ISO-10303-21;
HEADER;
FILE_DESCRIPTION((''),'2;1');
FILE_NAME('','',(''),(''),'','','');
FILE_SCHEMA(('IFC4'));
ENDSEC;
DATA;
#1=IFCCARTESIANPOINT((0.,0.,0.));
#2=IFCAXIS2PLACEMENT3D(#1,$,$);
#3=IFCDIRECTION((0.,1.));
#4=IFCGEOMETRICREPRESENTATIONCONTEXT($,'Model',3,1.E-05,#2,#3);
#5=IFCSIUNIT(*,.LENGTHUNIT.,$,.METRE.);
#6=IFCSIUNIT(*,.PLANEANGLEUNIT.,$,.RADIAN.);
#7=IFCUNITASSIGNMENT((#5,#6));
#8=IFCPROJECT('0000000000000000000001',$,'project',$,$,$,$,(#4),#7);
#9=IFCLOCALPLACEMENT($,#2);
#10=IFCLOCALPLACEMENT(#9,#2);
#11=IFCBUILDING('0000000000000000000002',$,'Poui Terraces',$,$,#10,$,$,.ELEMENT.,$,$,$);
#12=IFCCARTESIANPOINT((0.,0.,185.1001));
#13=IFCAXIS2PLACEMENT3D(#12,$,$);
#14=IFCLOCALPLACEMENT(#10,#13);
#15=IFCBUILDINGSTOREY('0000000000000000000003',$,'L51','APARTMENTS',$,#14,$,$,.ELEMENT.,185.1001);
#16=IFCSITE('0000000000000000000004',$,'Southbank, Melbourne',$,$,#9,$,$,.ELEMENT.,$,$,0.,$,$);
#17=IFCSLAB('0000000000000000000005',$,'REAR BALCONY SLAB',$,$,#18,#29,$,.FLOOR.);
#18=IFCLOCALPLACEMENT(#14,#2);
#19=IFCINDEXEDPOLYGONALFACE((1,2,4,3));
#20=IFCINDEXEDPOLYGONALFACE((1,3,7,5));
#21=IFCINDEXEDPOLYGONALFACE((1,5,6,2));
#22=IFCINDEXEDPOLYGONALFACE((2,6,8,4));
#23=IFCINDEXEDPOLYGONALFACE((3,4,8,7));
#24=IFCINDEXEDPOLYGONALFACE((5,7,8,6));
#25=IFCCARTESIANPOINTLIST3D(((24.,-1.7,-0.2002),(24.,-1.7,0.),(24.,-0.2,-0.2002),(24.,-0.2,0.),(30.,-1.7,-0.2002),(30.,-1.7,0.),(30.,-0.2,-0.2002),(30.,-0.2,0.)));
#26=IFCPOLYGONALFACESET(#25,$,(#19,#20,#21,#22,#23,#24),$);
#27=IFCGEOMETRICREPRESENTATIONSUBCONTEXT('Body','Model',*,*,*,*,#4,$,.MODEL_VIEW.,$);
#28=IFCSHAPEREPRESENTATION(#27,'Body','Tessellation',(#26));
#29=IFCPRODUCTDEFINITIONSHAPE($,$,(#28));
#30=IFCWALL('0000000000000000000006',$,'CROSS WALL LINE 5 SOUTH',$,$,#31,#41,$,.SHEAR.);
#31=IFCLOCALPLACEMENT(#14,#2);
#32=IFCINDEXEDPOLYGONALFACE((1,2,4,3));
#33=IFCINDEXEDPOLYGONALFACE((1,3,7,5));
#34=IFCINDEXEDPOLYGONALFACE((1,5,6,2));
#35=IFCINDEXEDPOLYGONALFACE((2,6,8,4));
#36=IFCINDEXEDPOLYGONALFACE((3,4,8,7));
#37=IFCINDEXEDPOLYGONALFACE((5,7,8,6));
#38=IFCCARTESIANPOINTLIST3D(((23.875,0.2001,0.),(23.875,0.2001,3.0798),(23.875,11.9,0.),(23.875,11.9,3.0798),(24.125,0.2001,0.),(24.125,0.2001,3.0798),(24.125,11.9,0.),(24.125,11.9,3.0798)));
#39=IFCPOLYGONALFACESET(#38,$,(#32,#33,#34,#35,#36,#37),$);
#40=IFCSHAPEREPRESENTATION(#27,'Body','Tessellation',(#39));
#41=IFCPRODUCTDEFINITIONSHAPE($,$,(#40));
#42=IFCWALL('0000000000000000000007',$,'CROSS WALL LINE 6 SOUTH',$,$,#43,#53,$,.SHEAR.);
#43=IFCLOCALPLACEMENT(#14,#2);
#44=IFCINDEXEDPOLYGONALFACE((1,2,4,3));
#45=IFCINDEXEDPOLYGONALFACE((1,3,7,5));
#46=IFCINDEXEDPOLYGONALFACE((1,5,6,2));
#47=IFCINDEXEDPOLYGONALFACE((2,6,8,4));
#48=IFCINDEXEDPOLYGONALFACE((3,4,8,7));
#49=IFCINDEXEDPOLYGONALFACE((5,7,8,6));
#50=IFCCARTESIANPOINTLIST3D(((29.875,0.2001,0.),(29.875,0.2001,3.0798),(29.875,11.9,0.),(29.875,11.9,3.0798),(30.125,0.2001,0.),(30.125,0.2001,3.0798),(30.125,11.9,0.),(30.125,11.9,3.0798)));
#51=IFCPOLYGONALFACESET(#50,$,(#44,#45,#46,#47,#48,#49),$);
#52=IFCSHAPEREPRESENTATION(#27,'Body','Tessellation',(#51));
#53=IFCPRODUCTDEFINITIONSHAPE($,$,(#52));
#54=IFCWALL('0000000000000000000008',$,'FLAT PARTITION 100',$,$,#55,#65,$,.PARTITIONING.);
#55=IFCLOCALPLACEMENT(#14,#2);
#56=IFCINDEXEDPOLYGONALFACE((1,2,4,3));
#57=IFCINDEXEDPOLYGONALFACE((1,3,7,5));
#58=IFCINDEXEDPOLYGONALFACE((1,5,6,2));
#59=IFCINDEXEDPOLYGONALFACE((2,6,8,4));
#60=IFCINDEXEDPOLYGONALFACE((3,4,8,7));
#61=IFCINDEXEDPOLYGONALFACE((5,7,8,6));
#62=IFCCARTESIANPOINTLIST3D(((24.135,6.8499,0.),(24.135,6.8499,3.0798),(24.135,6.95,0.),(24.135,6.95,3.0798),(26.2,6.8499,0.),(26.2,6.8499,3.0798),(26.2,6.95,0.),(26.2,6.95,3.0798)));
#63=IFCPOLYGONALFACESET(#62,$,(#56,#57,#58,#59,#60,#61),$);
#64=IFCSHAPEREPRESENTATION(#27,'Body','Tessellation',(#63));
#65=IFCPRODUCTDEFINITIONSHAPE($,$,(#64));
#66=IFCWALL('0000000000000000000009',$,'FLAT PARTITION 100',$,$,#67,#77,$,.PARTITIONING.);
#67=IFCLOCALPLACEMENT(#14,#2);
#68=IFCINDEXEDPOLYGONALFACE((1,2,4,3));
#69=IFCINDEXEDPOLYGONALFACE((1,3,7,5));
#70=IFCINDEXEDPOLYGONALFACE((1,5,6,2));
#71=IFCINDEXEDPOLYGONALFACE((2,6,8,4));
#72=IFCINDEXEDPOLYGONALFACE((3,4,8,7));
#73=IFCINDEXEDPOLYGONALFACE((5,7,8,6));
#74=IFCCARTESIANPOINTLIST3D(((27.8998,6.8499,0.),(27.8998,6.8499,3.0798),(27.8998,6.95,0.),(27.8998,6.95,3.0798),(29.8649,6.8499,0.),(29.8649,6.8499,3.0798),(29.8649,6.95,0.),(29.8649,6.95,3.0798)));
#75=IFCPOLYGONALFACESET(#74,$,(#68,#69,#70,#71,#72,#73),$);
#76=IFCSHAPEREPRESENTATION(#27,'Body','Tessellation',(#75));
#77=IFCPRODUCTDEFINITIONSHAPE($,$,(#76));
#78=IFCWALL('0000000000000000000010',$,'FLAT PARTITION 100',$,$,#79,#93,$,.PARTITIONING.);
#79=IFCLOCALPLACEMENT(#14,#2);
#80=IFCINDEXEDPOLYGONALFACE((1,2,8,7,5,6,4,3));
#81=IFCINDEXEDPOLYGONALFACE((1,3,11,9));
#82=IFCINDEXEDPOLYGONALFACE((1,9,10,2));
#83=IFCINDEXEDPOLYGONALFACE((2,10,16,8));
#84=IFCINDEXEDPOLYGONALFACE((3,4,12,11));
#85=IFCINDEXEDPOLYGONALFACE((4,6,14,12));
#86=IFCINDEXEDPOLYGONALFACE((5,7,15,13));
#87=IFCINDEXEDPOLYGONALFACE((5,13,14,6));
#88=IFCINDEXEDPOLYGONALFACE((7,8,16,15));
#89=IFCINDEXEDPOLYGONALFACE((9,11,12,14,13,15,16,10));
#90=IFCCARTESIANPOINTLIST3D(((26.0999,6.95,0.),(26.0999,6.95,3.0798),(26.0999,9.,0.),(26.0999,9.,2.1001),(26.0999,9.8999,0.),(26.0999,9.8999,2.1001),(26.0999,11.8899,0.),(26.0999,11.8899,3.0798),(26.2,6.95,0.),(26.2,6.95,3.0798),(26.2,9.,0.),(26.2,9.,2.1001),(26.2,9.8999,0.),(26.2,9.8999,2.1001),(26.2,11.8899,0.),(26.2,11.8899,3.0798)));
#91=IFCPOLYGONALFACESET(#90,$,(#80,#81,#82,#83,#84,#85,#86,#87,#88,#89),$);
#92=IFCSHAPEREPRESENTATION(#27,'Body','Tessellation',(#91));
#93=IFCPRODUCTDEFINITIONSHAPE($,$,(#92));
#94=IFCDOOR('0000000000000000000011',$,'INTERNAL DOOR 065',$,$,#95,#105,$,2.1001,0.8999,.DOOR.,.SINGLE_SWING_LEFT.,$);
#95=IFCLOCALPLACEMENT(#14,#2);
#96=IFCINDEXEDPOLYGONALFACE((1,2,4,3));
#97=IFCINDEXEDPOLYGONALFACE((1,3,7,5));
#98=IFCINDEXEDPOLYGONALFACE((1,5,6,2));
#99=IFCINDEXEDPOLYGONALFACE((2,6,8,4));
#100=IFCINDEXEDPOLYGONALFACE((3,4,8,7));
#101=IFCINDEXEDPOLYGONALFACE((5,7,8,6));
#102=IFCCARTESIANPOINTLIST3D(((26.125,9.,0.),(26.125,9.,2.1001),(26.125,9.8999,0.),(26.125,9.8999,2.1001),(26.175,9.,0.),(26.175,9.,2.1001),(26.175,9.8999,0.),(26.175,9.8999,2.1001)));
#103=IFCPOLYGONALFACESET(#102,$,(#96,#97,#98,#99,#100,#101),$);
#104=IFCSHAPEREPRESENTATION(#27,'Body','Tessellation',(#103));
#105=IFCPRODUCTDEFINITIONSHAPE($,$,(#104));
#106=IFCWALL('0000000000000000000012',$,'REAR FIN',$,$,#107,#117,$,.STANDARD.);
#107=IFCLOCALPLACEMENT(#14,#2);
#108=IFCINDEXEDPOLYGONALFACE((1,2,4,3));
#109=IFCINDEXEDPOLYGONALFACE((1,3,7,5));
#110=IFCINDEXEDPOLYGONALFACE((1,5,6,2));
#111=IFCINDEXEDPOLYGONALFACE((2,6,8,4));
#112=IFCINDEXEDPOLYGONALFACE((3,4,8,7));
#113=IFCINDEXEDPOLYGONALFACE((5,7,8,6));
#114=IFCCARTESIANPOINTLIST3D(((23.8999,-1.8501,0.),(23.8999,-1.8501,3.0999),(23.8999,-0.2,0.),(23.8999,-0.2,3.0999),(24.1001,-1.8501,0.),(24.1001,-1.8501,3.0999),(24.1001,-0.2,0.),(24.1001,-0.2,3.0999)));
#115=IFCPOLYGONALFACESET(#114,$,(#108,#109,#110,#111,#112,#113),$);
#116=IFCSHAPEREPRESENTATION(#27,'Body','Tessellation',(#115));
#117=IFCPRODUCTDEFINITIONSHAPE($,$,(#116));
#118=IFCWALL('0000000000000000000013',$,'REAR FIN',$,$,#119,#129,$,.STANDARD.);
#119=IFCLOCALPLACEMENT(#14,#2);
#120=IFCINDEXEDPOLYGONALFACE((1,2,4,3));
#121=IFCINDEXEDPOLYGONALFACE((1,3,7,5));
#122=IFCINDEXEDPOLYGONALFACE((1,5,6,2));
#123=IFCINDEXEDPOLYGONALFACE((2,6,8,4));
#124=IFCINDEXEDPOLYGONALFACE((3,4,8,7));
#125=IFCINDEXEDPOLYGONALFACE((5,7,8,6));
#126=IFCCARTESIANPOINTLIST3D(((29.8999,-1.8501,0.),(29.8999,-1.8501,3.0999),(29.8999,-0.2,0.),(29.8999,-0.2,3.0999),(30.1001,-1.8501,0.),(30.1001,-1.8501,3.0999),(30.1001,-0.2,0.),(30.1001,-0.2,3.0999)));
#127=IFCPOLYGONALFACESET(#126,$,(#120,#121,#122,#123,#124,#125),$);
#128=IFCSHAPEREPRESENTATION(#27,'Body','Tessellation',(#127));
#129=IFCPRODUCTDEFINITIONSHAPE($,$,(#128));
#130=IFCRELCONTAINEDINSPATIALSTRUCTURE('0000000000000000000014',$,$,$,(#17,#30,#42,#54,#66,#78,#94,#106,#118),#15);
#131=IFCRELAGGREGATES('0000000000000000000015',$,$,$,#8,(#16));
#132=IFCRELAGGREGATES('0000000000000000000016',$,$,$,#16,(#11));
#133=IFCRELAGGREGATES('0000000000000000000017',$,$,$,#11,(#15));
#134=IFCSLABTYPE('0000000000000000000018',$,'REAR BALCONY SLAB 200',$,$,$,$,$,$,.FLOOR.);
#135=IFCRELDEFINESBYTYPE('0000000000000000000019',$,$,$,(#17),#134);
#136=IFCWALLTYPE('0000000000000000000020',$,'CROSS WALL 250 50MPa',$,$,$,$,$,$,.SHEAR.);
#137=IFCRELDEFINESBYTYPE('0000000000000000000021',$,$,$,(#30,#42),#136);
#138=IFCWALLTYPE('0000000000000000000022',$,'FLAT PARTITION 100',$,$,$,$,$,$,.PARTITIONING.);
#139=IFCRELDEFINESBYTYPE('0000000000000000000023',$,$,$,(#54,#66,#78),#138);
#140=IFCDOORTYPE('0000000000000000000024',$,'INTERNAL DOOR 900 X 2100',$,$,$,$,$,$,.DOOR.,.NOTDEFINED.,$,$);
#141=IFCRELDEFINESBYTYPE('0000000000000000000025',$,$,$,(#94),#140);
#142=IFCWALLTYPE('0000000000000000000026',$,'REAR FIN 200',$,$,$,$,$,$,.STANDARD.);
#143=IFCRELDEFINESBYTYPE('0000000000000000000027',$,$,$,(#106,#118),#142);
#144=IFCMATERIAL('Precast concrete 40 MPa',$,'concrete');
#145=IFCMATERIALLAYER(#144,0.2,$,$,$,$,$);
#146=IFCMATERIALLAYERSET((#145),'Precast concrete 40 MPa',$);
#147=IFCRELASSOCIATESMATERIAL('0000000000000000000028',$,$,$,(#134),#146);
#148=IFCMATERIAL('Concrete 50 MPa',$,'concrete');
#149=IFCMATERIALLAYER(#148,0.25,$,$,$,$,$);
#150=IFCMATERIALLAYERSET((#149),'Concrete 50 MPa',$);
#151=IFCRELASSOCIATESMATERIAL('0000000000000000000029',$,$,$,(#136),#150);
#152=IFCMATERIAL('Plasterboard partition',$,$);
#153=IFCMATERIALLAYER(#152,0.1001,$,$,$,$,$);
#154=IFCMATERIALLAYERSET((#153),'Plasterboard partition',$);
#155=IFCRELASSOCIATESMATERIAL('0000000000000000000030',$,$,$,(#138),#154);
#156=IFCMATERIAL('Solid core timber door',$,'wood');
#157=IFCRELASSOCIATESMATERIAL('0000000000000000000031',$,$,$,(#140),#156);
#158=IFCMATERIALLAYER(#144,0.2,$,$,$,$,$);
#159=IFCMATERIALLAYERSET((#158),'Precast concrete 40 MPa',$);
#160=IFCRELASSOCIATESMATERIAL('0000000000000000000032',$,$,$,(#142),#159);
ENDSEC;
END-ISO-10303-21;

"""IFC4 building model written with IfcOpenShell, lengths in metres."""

from ifc_helpers import new_model, si_unit, direction, frame, frame_2d, origin, place, context, subcontext, project, spatial, polyline, rectangle, outline, extrude, source, transform, mapped, material, layer, layer_set, type_object, element, fill, save


model = new_model("IFC4")

# Units and contexts
model_context = context("Model", 3, precision=1e-05, world=origin(), true_north=direction((0.0, 1.0)))
body_context = subcontext(model_context, "Body", "Model", "MODEL_VIEW")
ifc_project = project(units=[si_unit("LENGTHUNIT", "METRE"), si_unit("PLANEANGLEUNIT", "RADIAN")], contexts=[model_context])

# Site, building, storey
site_placement = place(None, origin())
site = spatial("IfcSite", under=ifc_project, at=site_placement, Name="Southbank, Melbourne", CompositionType="ELEMENT", RefElevation=0.0)
building_placement = place(site_placement, origin())
building = spatial("IfcBuilding", under=site, at=building_placement, Name="Poui Terraces", CompositionType="ELEMENT")
storey_placement = place(building_placement, frame((0.0, 0.0, 185.1001)))
storey = spatial("IfcBuildingStorey", under=building, at=storey_placement, Name="L51", Description="APARTMENTS", CompositionType="ELEMENT", Elevation=185.1001)

# Slab
ifc_material_1 = material(Name="Precast concrete 40 MPa", Category="concrete")
ifc_layer_1 = layer(ifc_material_1, 0.2)
ifc_layer_set_1 = layer_set([ifc_layer_1], Name="Precast concrete 40 MPa")
slab_type = type_object("IfcSlabType", Name="REAR BALCONY SLAB 200", PredefinedType="FLOOR", material=ifc_layer_set_1)
shared_shape_1 = source(origin(), body_context, "Body", "SweptSolid", [
    extrude(outline(polyline([(0.0, 0.0), (6.0, 0.0), (6.0, 1.5), (0.0, 1.5), (0.0, 0.0)])), origin(), (0.0, 0.0, 1.0), 0.2002),
])
slab_placement = place(storey_placement, frame((24.0, -1.7, -0.2002)))
element("IfcSlab", 1, at=slab_placement, inside=storey, type_object=slab_type, Name="REAR BALCONY SLAB", PredefinedType="FLOOR", context=body_context, shape_type="MappedRepresentation", body=[
    mapped(shared_shape_1, transform((0.0, 0.0, 0.0))),
])

# Walls
ifc_material_2 = material(Name="Concrete 50 MPa", Category="concrete")
ifc_layer_2 = layer(ifc_material_2, 0.25)
ifc_layer_set_2 = layer_set([ifc_layer_2], Name="Concrete 50 MPa")
wall_type_1 = type_object("IfcWallType", Name="CROSS WALL 250 50MPa", PredefinedType="SHEAR", material=ifc_layer_set_2)
for number, where, z_axis, x_axis, name in (
    (2, (24.0, 0.2, 0.0), (0.0, 0.0, 1.0), (0.0, 1.0, 0.0), "CROSS WALL LINE 5 SOUTH"),
    (3, (30.0, 0.2, 0.0), (0.0, 0.0, 1.0), (0.0, 1.0, 0.0), "CROSS WALL LINE 6 SOUTH"),
):
    element("IfcWall", number, at=place(storey_placement, frame(where, z_axis=z_axis, x_axis=x_axis)), inside=storey, type_object=wall_type_1, Name=name, PredefinedType="SHEAR", context=body_context, shape_type="SweptSolid", body=[
        extrude(rectangle(XDim=11.7, YDim=0.25, at=frame_2d((5.8501, 0.0))), origin(), (0.0, 0.0, 1.0), 3.0798),
    ])
ifc_material_3 = material(Name="Plasterboard partition")
ifc_layer_3 = layer(ifc_material_3, 0.1001)
ifc_layer_set_3 = layer_set([ifc_layer_3], Name="Plasterboard partition")
wall_type_2 = type_object("IfcWallType", Name="FLAT PARTITION 100", PredefinedType="PARTITIONING", material=ifc_layer_set_3)
wall_1_placement = place(storey_placement, frame((24.135, 6.8999, 0.0), z_axis=(0.0, 0.0, 1.0), x_axis=(1.0, 0.0, 0.0)))
element("IfcWall", 4, at=wall_1_placement, inside=storey, type_object=wall_type_2, Name="FLAT PARTITION 100", PredefinedType="PARTITIONING", context=body_context, shape_type="SweptSolid", body=[
    extrude(rectangle(XDim=2.0649, YDim=0.1001, at=frame_2d((1.0325, 0.0))), origin(), (0.0, 0.0, 1.0), 3.0798),
])
wall_2_placement = place(storey_placement, frame((27.8999, 6.8999, 0.0), z_axis=(0.0, 0.0, 1.0), x_axis=(1.0, 0.0, 0.0)))
element("IfcWall", 5, at=wall_2_placement, inside=storey, type_object=wall_type_2, Name="FLAT PARTITION 100", PredefinedType="PARTITIONING", context=body_context, shape_type="SweptSolid", body=[
    extrude(rectangle(XDim=1.9651, YDim=0.1001, at=frame_2d((0.9824, 0.0))), origin(), (0.0, 0.0, 1.0), 3.0798),
])

# Wall, opening, door
wall_3_placement = place(storey_placement, frame((26.1499, 6.95, 0.0), z_axis=(0.0, 0.0, 1.0), x_axis=(0.0, 1.0, 0.0)))
wall_3 = element("IfcWall", 6, at=wall_3_placement, inside=storey, type_object=wall_type_2, Name="FLAT PARTITION 100", PredefinedType="PARTITIONING", context=body_context, shape_type="SweptSolid", body=[
    extrude(rectangle(XDim=4.9399, YDim=0.1001, at=frame_2d((2.47, 0.0))), origin(), (0.0, 0.0, 1.0), 3.0798),
])
opening_placement = place(wall_3_placement, frame((2.05, 0.0, 0.0)))
opening = element("IfcOpeningElement", 7, at=opening_placement, cuts=wall_3, PredefinedType="OPENING", context=body_context, shape_type="SweptSolid", body=[
    extrude(rectangle(XDim=0.8999, YDim=2.1001, at=frame_2d((0.45, 1.05))), frame((0.0, 0.0601, 0.0), z_axis=(0.0, -1.0, 0.0), x_axis=(1.0, 0.0, 0.0)), (0.0, 0.0, 1.0), 0.1201),
])
ifc_material_4 = material(Name="Solid core timber door", Category="wood")
door_type = type_object("IfcDoorType", Name="INTERNAL DOOR 900 X 2100", OperationType="NOTDEFINED", PredefinedType="DOOR", material=ifc_material_4)
door_placement = place(opening_placement, origin())
door = element("IfcDoor", 8, at=door_placement, inside=storey, type_object=door_type, Name="INTERNAL DOOR 065", OperationType="SINGLE_SWING_LEFT", OverallHeight=2.1001, OverallWidth=0.8999, PredefinedType="DOOR", context=body_context, shape_type="SweptSolid", body=[
    extrude(rectangle(XDim=0.8999, YDim=2.1001, at=frame_2d((0.45, 1.05))), frame((0.0, 0.0249, 0.0), z_axis=(0.0, -1.0, 0.0), x_axis=(1.0, 0.0, 0.0)), (0.0, 0.0, 1.0), 0.05),
])
fill(opening, door)

# Walls
ifc_layer_4 = layer(ifc_material_1, 0.2)
ifc_layer_set_4 = layer_set([ifc_layer_4], Name="Precast concrete 40 MPa")
wall_type_3 = type_object("IfcWallType", Name="REAR FIN 200", PredefinedType="STANDARD", material=ifc_layer_set_4)
shared_shape_2 = source(origin(), body_context, "Body", "SweptSolid", [
    extrude(outline(polyline([(0.0, 0.0), (0.2002, 0.0), (0.2002, 1.6501), (0.0, 1.6501), (0.0, 0.0)])), origin(), (0.0, 0.0, 1.0), 3.0999),
])
for number, where, name in (
    (9, (23.8999, -1.8501, 0.0), "REAR FIN"),
    (10, (29.8999, -1.8501, 0.0), "REAR FIN"),
):
    element("IfcWall", number, at=place(storey_placement, frame(where)), inside=storey, type_object=wall_type_3, Name=name, PredefinedType="STANDARD", context=body_context, shape_type="MappedRepresentation", body=[
        mapped(shared_shape_2, transform((0.0, 0.0, 0.0))),
    ])

save(model, "model.ifc")
